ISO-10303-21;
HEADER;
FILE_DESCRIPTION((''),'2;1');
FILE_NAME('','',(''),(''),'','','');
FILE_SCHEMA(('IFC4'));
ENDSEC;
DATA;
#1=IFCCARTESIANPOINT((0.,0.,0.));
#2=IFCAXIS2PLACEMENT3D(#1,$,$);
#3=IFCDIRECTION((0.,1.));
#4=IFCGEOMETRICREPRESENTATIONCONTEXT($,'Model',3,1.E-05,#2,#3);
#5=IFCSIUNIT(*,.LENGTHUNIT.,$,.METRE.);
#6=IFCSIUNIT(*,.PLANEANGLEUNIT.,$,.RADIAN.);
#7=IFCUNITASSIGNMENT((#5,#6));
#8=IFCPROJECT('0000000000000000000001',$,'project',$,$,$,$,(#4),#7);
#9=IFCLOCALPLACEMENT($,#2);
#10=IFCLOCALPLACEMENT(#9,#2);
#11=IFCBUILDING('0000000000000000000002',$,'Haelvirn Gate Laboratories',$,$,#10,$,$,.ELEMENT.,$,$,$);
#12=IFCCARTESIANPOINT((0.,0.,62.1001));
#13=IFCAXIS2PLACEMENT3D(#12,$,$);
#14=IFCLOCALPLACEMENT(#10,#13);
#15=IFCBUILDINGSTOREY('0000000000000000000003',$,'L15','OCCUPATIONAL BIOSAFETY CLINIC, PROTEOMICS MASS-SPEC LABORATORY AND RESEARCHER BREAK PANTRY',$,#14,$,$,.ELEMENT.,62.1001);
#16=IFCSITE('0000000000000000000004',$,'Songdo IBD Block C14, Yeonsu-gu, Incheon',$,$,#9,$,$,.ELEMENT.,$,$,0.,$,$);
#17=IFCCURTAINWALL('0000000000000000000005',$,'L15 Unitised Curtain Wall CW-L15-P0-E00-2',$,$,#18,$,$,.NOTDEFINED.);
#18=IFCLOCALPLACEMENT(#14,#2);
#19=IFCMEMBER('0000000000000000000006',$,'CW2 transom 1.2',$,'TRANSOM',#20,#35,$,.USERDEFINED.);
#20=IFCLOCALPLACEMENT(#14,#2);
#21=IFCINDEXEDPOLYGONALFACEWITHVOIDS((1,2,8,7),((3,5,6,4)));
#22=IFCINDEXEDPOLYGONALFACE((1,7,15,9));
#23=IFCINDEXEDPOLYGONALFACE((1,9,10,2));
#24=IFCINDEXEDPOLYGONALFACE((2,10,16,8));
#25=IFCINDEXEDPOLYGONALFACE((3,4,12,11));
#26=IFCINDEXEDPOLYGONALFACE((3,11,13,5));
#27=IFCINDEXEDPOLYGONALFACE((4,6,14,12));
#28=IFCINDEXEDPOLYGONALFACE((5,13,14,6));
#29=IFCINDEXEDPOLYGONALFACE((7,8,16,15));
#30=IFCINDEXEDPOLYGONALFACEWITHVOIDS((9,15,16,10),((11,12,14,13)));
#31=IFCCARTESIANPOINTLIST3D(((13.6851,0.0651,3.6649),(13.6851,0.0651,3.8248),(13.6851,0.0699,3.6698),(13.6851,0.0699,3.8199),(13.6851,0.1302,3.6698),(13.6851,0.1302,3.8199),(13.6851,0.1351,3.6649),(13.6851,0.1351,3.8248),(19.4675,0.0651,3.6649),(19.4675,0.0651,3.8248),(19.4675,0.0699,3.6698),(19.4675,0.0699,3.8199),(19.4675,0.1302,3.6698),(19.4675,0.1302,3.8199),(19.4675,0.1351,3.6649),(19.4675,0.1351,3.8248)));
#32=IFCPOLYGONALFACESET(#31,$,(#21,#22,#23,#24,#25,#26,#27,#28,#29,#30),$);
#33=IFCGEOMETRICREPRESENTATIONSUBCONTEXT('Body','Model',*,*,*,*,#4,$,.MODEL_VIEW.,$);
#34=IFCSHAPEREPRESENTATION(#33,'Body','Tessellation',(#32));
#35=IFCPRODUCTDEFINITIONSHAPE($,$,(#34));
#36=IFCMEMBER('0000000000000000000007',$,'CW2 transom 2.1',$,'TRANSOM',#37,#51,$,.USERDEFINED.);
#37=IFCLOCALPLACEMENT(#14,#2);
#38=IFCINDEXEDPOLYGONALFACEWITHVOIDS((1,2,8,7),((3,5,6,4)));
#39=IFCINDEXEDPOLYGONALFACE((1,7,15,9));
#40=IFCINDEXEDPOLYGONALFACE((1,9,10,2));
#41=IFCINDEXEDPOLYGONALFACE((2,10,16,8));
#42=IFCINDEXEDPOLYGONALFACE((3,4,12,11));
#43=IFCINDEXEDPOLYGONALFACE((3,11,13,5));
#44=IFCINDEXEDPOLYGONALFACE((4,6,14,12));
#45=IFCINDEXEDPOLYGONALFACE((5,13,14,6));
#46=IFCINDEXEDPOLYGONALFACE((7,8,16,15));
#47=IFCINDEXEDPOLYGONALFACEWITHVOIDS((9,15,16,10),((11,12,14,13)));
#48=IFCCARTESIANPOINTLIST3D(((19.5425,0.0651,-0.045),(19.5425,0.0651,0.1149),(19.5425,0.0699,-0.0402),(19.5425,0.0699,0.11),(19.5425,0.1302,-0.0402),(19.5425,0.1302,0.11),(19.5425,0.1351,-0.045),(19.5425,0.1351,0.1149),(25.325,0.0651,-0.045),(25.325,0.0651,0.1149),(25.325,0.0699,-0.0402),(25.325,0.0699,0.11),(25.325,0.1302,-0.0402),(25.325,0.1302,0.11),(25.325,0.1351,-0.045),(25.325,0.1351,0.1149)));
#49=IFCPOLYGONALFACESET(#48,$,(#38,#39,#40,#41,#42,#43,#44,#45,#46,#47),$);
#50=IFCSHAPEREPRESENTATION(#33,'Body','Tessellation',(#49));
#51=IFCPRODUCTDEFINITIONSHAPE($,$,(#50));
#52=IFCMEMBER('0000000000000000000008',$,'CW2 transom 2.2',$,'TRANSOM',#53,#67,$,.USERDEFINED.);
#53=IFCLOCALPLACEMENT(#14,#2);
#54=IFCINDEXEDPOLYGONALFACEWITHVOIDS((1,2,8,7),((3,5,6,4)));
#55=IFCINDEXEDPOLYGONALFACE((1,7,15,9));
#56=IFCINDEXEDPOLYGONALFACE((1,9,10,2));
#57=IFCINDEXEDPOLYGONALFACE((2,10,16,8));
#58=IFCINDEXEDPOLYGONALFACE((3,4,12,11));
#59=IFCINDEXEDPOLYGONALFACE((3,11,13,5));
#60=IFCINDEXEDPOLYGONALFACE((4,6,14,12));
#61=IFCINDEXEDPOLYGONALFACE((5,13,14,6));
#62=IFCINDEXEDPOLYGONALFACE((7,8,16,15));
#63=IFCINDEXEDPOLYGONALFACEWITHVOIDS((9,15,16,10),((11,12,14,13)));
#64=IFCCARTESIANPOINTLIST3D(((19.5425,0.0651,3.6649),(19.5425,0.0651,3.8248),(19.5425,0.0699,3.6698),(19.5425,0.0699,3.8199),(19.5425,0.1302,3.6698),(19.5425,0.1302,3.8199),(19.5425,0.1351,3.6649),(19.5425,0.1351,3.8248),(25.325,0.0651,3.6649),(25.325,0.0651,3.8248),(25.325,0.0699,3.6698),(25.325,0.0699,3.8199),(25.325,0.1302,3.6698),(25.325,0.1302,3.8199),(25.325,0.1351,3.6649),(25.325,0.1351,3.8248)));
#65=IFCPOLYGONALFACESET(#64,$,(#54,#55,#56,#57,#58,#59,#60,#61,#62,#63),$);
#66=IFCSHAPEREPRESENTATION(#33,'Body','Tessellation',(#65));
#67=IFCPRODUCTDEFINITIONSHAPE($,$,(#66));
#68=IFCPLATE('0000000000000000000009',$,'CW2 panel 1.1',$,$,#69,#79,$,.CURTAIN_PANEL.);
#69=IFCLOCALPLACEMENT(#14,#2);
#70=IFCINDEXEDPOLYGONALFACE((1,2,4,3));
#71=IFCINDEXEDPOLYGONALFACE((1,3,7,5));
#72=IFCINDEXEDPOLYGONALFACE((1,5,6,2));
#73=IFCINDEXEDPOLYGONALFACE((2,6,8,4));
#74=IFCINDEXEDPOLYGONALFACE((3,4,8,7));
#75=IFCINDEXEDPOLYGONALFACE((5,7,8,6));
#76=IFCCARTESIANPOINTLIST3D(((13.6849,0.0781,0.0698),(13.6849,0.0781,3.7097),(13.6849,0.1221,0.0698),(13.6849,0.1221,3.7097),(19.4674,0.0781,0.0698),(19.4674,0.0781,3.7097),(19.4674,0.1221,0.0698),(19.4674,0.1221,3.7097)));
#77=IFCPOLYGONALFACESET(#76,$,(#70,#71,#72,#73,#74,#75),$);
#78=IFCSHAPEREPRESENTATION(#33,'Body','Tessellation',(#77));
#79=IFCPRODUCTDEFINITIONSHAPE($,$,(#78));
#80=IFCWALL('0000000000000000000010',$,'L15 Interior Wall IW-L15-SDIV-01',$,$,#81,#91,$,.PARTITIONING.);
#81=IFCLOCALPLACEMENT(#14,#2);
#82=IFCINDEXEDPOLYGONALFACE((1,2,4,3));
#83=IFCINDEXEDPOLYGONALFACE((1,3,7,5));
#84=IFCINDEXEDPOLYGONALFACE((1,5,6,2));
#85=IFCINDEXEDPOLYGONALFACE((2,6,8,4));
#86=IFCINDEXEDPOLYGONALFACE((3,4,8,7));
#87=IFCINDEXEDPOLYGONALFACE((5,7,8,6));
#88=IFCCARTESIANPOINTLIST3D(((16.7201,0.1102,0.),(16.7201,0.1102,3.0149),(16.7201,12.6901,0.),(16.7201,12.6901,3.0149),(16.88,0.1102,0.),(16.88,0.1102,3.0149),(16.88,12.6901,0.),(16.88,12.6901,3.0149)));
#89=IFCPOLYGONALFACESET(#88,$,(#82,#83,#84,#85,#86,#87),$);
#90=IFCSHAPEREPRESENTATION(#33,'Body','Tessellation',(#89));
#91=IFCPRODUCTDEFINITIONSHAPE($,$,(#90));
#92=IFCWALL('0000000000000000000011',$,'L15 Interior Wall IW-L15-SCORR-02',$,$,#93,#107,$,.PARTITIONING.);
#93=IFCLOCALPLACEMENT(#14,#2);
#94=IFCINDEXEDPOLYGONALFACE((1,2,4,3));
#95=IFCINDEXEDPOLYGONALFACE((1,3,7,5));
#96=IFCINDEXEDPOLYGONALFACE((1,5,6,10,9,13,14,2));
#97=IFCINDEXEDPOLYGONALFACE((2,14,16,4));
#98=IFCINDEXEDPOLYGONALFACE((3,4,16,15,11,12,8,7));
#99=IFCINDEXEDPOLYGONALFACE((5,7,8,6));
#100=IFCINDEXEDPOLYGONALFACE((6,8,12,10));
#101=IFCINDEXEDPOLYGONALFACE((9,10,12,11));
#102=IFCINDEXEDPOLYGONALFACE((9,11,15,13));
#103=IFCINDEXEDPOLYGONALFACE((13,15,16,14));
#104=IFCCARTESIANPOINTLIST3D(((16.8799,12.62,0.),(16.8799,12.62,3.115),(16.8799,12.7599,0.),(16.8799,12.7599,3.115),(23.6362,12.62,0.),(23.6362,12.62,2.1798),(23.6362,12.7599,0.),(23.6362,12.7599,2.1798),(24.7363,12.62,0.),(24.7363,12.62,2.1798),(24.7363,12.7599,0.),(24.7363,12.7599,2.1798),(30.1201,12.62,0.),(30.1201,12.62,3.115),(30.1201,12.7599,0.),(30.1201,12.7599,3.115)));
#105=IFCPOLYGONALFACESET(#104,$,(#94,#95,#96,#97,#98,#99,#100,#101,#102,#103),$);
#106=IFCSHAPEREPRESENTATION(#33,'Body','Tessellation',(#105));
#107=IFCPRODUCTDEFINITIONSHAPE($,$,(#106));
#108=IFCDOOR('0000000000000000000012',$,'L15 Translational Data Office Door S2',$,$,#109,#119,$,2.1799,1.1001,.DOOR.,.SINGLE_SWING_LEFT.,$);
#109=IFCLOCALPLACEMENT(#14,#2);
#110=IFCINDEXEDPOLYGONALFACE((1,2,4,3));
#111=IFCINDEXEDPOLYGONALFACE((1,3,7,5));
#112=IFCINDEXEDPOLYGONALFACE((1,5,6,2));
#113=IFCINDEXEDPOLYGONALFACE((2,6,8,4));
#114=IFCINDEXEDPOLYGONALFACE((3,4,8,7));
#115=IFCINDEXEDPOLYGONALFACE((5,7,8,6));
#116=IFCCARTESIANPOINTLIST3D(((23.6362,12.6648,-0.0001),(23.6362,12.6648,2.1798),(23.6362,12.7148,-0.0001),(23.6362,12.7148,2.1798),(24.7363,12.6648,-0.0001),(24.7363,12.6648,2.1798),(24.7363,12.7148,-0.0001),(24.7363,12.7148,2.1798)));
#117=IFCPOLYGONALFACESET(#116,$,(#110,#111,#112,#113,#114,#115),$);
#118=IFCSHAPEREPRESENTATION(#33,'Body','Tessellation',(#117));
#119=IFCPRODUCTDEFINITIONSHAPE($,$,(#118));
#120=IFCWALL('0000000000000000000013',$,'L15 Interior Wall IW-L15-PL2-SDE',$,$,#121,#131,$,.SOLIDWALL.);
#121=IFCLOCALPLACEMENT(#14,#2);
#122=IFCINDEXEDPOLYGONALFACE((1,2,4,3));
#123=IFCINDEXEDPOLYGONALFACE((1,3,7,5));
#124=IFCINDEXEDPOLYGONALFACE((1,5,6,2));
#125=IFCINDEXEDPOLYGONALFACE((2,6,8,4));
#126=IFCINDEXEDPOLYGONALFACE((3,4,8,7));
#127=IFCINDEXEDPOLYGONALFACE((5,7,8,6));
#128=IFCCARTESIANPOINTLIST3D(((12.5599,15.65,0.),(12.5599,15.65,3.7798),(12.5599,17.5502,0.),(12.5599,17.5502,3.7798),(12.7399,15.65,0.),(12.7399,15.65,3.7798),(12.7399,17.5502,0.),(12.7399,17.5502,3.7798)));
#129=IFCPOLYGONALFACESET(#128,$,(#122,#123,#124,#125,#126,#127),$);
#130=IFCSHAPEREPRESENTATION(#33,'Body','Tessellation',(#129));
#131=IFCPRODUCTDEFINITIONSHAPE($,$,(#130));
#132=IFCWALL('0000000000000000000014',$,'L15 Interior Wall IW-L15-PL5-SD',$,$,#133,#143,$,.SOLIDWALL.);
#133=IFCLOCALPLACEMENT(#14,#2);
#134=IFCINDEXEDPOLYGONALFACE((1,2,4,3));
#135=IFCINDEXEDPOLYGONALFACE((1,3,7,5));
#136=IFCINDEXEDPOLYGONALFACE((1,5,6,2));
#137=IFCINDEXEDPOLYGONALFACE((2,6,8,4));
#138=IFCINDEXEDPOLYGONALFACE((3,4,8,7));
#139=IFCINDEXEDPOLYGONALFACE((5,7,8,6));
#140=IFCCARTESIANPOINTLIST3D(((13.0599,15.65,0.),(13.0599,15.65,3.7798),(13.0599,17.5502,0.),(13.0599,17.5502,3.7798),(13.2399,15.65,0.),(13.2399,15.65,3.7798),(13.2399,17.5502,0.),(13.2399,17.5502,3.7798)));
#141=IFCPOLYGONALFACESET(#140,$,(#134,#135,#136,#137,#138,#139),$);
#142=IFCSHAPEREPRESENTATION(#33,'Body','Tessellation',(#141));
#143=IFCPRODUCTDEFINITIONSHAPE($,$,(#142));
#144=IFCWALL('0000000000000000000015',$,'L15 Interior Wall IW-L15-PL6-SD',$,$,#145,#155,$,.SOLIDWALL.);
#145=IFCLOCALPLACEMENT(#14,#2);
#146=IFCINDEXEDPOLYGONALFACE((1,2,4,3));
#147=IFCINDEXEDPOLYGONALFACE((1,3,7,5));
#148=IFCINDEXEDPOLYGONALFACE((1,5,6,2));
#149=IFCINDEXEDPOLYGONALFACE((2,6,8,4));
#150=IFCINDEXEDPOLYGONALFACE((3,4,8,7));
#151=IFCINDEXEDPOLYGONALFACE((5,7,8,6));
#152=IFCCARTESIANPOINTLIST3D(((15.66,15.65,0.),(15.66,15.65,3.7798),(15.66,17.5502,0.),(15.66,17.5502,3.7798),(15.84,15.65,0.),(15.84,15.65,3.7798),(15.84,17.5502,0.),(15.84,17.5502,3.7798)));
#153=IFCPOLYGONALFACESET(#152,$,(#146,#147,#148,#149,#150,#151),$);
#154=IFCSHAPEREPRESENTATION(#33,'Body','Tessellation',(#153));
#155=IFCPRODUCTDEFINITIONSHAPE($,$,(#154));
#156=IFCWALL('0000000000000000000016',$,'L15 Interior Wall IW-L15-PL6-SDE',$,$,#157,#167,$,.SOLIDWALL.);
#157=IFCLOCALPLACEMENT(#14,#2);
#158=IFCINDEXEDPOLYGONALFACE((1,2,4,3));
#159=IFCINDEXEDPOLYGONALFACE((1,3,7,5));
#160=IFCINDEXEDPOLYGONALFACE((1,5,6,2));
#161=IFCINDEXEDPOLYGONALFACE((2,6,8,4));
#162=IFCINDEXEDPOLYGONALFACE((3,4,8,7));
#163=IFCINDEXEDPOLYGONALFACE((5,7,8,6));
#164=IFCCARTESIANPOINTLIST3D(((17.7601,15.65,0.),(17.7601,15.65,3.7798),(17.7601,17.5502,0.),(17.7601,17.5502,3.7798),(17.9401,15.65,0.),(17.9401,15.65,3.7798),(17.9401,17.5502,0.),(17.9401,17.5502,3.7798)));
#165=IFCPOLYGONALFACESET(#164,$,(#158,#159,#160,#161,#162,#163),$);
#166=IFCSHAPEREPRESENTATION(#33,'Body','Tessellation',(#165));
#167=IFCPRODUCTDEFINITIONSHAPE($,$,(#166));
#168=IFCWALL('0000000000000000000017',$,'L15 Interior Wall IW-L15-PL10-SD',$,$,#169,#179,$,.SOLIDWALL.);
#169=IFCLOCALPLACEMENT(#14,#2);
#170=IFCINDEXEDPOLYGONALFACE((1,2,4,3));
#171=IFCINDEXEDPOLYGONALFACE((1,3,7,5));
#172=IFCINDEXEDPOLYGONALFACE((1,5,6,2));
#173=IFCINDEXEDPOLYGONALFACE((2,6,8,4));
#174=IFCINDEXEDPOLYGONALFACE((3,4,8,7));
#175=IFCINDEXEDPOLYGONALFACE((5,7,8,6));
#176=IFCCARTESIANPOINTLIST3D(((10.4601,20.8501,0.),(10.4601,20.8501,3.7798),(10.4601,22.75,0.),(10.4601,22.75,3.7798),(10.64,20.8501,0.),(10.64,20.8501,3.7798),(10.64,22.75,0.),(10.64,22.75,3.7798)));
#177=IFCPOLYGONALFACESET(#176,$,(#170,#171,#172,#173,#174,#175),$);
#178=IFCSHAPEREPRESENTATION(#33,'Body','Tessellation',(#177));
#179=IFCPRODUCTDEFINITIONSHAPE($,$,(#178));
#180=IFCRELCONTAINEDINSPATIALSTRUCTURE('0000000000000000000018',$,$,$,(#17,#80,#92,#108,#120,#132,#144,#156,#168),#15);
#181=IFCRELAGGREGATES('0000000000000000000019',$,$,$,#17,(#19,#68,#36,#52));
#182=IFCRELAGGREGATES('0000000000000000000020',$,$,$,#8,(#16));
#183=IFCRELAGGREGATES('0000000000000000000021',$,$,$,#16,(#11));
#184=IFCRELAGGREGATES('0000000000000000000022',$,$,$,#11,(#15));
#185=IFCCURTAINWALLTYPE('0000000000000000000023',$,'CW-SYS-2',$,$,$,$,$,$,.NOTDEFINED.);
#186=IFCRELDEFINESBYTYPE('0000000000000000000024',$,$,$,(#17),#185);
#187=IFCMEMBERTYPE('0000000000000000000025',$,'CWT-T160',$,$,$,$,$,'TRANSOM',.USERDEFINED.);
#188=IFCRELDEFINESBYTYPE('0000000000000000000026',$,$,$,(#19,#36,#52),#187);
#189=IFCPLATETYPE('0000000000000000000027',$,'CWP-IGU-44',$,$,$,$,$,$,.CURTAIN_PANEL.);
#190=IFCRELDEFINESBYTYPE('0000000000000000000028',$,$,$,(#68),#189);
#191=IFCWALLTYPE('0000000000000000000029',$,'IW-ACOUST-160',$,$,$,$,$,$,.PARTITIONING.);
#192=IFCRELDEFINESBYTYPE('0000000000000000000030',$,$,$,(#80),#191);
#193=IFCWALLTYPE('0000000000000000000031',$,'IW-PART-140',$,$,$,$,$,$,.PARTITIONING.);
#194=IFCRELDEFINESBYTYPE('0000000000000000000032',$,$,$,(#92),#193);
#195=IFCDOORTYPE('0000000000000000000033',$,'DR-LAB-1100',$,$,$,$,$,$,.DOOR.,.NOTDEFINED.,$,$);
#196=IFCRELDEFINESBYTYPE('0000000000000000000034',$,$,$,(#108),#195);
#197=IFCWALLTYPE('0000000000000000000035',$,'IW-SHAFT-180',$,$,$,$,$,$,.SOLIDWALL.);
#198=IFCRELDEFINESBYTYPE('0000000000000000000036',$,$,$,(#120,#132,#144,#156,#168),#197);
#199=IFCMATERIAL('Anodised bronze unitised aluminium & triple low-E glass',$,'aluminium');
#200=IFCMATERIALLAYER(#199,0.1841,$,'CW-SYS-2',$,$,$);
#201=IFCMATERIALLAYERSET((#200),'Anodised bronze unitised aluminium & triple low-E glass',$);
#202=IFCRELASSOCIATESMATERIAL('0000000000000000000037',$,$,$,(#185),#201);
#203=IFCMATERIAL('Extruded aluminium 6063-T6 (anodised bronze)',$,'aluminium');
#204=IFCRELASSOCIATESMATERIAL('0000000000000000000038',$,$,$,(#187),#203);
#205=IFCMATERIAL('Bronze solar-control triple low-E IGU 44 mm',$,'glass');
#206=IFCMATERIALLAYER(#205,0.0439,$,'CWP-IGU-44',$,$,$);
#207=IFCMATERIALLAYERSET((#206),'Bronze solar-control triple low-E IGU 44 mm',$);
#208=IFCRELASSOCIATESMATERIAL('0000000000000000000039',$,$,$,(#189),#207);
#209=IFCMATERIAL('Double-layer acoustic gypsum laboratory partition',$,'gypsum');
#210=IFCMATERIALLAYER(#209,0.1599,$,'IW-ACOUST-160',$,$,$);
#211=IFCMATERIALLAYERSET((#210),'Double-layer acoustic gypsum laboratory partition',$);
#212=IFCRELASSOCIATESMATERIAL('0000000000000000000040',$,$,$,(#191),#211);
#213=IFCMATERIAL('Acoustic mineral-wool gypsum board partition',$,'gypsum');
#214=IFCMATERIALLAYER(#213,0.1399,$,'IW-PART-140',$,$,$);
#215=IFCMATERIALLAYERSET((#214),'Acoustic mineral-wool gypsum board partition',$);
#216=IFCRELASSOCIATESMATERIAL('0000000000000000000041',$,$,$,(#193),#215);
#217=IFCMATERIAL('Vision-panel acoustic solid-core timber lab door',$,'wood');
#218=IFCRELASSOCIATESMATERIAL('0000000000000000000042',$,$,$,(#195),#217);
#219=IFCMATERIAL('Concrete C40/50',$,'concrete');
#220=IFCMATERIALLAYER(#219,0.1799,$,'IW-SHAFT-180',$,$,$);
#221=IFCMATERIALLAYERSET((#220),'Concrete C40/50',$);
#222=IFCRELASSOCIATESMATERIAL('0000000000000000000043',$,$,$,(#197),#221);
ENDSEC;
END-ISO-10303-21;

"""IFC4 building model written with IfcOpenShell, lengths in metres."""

from ifc_helpers import new_model, si_unit, direction, frame, frame_2d, origin, origin_2d, place, context, subcontext, project, spatial, rectangle, hollow_rectangle, extrude, source, transform, mapped, material, layer, layer_set, material_profile, profile_set, type_object, type_shapes, element, fill, aggregate, save


model = new_model("IFC4")

# Units and contexts
model_context = context("Model", 3, precision=1e-05, world=origin(), true_north=direction((0.0, 1.0)))
body_context = subcontext(model_context, "Body", "Model", "MODEL_VIEW")
ifc_project = project(units=[si_unit("LENGTHUNIT", "METRE"), si_unit("PLANEANGLEUNIT", "RADIAN")], contexts=[model_context])

# Site, building, storey
site_placement = place(None, origin())
site = spatial("IfcSite", under=ifc_project, at=site_placement, Name="Songdo IBD Block C14, Yeonsu-gu, Incheon", CompositionType="ELEMENT", RefElevation=0.0)
building_placement = place(site_placement, origin())
building = spatial("IfcBuilding", under=site, at=building_placement, Name="Haelvirn Gate Laboratories", CompositionType="ELEMENT")
storey_placement = place(building_placement, frame((0.0, 0.0, 62.1001)))
storey = spatial("IfcBuildingStorey", under=building, at=storey_placement, Name="L15", Description="OCCUPATIONAL BIOSAFETY CLINIC, PROTEOMICS MASS-SPEC LABORATORY AND RESEARCHER BREAK PANTRY", CompositionType="ELEMENT", Elevation=62.1001)

# Curtain wall, members, plate
ifc_material_1 = material(Name="Anodised bronze unitised aluminium & triple low-E glass", Category="aluminium")
ifc_layer_1 = layer(ifc_material_1, 0.1841, Name="CW-SYS-2")
ifc_layer_set_1 = layer_set([ifc_layer_1], Name="Anodised bronze unitised aluminium & triple low-E glass")
curtain_wall_type = type_object("IfcCurtainWallType", Name="CW-SYS-2", PredefinedType="NOTDEFINED", material=ifc_layer_set_1)
curtain_wall_placement = place(storey_placement, origin())
curtain_wall = element("IfcCurtainWall", 1, at=curtain_wall_placement, inside=storey, type_object=curtain_wall_type, Name="L15 Unitised Curtain Wall CW-L15-P0-E00-2", PredefinedType="NOTDEFINED")
ifc_material_2 = material(Name="Extruded aluminium 6063-T6 (anodised bronze)", Category="aluminium")
ifc_material_profile_1 = material_profile(ifc_material_2, hollow_rectangle(XDim=0.0701, YDim=0.1599, WallThickness=0.0049, at=origin_2d()), Name="CWT-160x70x5")
ifc_profile_set_1 = profile_set([ifc_material_profile_1], Name="Extruded aluminium 6063-T6 (anodised bronze)")
member_type_1 = type_object("IfcMemberType", Name="CWT-T160", ElementType="TRANSOM", PredefinedType="USERDEFINED", material=ifc_profile_set_1)
shared_shape_1 = source(origin(), body_context, "Body", "SweptSolid", [
    extrude(hollow_rectangle(XDim=0.0701, YDim=0.1599, WallThickness=0.0049, at=origin_2d()), origin(), (0.0, 0.0, 1.0), 5.7825),
])
type_shapes(member_type_1, [shared_shape_1])
member_1_placement = place(storey_placement, frame((13.6851, 0.1001, 3.7449), z_axis=(1.0, 0.0, 0.0), x_axis=(0.0, 1.0, 0.0)))
member_1 = element("IfcMember", 2, at=member_1_placement, type_object=member_type_1, Name="CW2 transom 1.2", ObjectType="TRANSOM", PredefinedType="USERDEFINED", context=body_context, shape_type="MappedRepresentation", body=[
    mapped(shared_shape_1, transform((0.0, 0.0, 0.0), scale=1.0)),
])
member_2_placement = place(storey_placement, frame((19.5425, 0.1001, 0.0349), z_axis=(1.0, 0.0, 0.0), x_axis=(0.0, 1.0, 0.0)))
member_2 = element("IfcMember", 3, at=member_2_placement, type_object=member_type_1, Name="CW2 transom 2.1", ObjectType="TRANSOM", PredefinedType="USERDEFINED", context=body_context, shape_type="MappedRepresentation", body=[
    mapped(shared_shape_1, transform((0.0, 0.0, 0.0), scale=1.0)),
])
member_3_placement = place(storey_placement, frame((19.5425, 0.1001, 3.7449), z_axis=(1.0, 0.0, 0.0), x_axis=(0.0, 1.0, 0.0)))
member_3 = element("IfcMember", 4, at=member_3_placement, type_object=member_type_1, Name="CW2 transom 2.2", ObjectType="TRANSOM", PredefinedType="USERDEFINED", context=body_context, shape_type="MappedRepresentation", body=[
    mapped(shared_shape_1, transform((0.0, 0.0, 0.0), scale=1.0)),
])
ifc_material_3 = material(Name="Bronze solar-control triple low-E IGU 44 mm", Category="glass")
ifc_layer_2 = layer(ifc_material_3, 0.0439, Name="CWP-IGU-44")
ifc_layer_set_2 = layer_set([ifc_layer_2], Name="Bronze solar-control triple low-E IGU 44 mm")
plate_type = type_object("IfcPlateType", Name="CWP-IGU-44", PredefinedType="CURTAIN_PANEL", material=ifc_layer_set_2)
shared_shape_2 = source(origin(), body_context, "Body", "SweptSolid", [
    extrude(rectangle(XDim=5.7825, YDim=0.0439, at=origin_2d()), origin(), (0.0, 0.0, 1.0), 3.6399),
])
type_shapes(plate_type, [shared_shape_2])
plate_placement = place(storey_placement, frame((16.5762, 0.1001, 0.0698), z_axis=(0.0, 0.0, 1.0), x_axis=(1.0, 0.0, 0.0)))
plate = element("IfcPlate", 5, at=plate_placement, type_object=plate_type, Name="CW2 panel 1.1", PredefinedType="CURTAIN_PANEL", context=body_context, shape_type="MappedRepresentation", body=[
    mapped(shared_shape_2, transform((0.0, 0.0, 0.0), scale=1.0)),
])
aggregate(curtain_wall, [member_1, plate, member_2, member_3])

# Wall
ifc_material_4 = material(Name="Double-layer acoustic gypsum laboratory partition", Category="gypsum")
ifc_layer_3 = layer(ifc_material_4, 0.1599, Name="IW-ACOUST-160")
ifc_layer_set_3 = layer_set([ifc_layer_3], Name="Double-layer acoustic gypsum laboratory partition")
wall_type_1 = type_object("IfcWallType", Name="IW-ACOUST-160", PredefinedType="PARTITIONING", material=ifc_layer_set_3)
wall_1_placement = place(storey_placement, frame((16.8, 0.1101, 0.0), z_axis=(0.0, 0.0, 1.0), x_axis=(0.0, 1.0, 0.0)))
element("IfcWall", 6, at=wall_1_placement, inside=storey, type_object=wall_type_1, Name="L15 Interior Wall IW-L15-SDIV-01", PredefinedType="PARTITIONING", context=body_context, shape_type="SweptSolid", body=[
    extrude(rectangle(XDim=12.5798, YDim=0.1599, at=frame_2d((6.29, 0.0))), origin(), (0.0, 0.0, 1.0), 3.0149),
])

# Wall, opening, door
ifc_material_5 = material(Name="Acoustic mineral-wool gypsum board partition", Category="gypsum")
ifc_layer_4 = layer(ifc_material_5, 0.1399, Name="IW-PART-140")
ifc_layer_set_4 = layer_set([ifc_layer_4], Name="Acoustic mineral-wool gypsum board partition")
wall_type_2 = type_object("IfcWallType", Name="IW-PART-140", PredefinedType="PARTITIONING", material=ifc_layer_set_4)
wall_2_placement = place(storey_placement, frame((16.8799, 12.6899, 0.0), z_axis=(0.0, 0.0, 1.0), x_axis=(1.0, 0.0, 0.0)))
wall_2 = element("IfcWall", 7, at=wall_2_placement, inside=storey, type_object=wall_type_2, Name="L15 Interior Wall IW-L15-SCORR-02", PredefinedType="PARTITIONING", context=body_context, shape_type="SweptSolid", body=[
    extrude(rectangle(XDim=13.2402, YDim=0.1399, at=frame_2d((6.6201, 0.0))), origin(), (0.0, 0.0, 1.0), 3.115),
])
opening_placement = place(wall_2_placement, frame((6.7563, 0.0, 0.0)))
opening = element("IfcOpeningElement", 8, at=opening_placement, cuts=wall_2, PredefinedType="OPENING", context=body_context, shape_type="SweptSolid", body=[
    extrude(rectangle(XDim=1.1001, YDim=2.1799, at=frame_2d((0.55, 1.0898))), frame((0.0, 0.0801, 0.0), z_axis=(0.0, -1.0, 0.0), x_axis=(1.0, 0.0, 0.0)), (0.0, 0.0, 1.0), 0.1599),
])
ifc_material_6 = material(Name="Vision-panel acoustic solid-core timber lab door", Category="wood")
door_type = type_object("IfcDoorType", Name="DR-LAB-1100", OperationType="NOTDEFINED", PredefinedType="DOOR", material=ifc_material_6)
shared_shape_3 = source(origin(), body_context, "Body", "SweptSolid", [
    extrude(rectangle(XDim=1.1001, YDim=2.1799, at=frame_2d((0.55, 1.0898))), frame((0.0, 0.0249, 0.0), z_axis=(0.0, -1.0, 0.0), x_axis=(1.0, 0.0, 0.0)), (0.0, 0.0, 1.0), 0.05),
])
type_shapes(door_type, [shared_shape_3])
door_placement = place(opening_placement, origin())
door = element("IfcDoor", 9, at=door_placement, inside=storey, type_object=door_type, Name="L15 Translational Data Office Door S2", OperationType="SINGLE_SWING_LEFT", OverallHeight=2.1799, OverallWidth=1.1001, PredefinedType="DOOR", context=body_context, shape_type="MappedRepresentation", body=[
    mapped(shared_shape_3, transform((0.0, 0.0, 0.0), scale=1.0)),
])
fill(opening, door)

# Walls
ifc_material_7 = material(Name="Concrete C40/50", Category="concrete")
ifc_layer_5 = layer(ifc_material_7, 0.1799, Name="IW-SHAFT-180")
ifc_layer_set_5 = layer_set([ifc_layer_5], Name="Concrete C40/50")
wall_type_3 = type_object("IfcWallType", Name="IW-SHAFT-180", PredefinedType="SOLIDWALL", material=ifc_layer_set_5)
for number, where, z_axis, x_axis, name in (
    (10, (12.6499, 15.6499, 0.0), (0.0, 0.0, 1.0), (0.0, 1.0, 0.0), "L15 Interior Wall IW-L15-PL2-SDE"),
    (11, (13.1499, 15.6499, 0.0), (0.0, 0.0, 1.0), (0.0, 1.0, 0.0), "L15 Interior Wall IW-L15-PL5-SD"),
    (12, (15.75, 15.6499, 0.0), (0.0, 0.0, 1.0), (0.0, 1.0, 0.0), "L15 Interior Wall IW-L15-PL6-SD"),
    (13, (17.8501, 15.6499, 0.0), (0.0, 0.0, 1.0), (0.0, 1.0, 0.0), "L15 Interior Wall IW-L15-PL6-SDE"),
):
    element("IfcWall", number, at=place(storey_placement, frame(where, z_axis=z_axis, x_axis=x_axis)), inside=storey, type_object=wall_type_3, Name=name, PredefinedType="SOLIDWALL", context=body_context, shape_type="SweptSolid", body=[
        extrude(rectangle(XDim=1.9001, YDim=0.1799, at=frame_2d((0.9502, 0.0))), origin(), (0.0, 0.0, 1.0), 3.7798),
    ])
wall_3_placement = place(storey_placement, frame((10.55, 20.8501, 0.0), z_axis=(0.0, 0.0, 1.0), x_axis=(0.0, 1.0, 0.0)))
element("IfcWall", 14, at=wall_3_placement, inside=storey, type_object=wall_type_3, Name="L15 Interior Wall IW-L15-PL10-SD", PredefinedType="SOLIDWALL", context=body_context, shape_type="SweptSolid", body=[
    extrude(rectangle(XDim=1.8999, YDim=0.1799, at=frame_2d((0.95, 0.0))), origin(), (0.0, 0.0, 1.0), 3.7798),
])

save(model, "model.ifc")
